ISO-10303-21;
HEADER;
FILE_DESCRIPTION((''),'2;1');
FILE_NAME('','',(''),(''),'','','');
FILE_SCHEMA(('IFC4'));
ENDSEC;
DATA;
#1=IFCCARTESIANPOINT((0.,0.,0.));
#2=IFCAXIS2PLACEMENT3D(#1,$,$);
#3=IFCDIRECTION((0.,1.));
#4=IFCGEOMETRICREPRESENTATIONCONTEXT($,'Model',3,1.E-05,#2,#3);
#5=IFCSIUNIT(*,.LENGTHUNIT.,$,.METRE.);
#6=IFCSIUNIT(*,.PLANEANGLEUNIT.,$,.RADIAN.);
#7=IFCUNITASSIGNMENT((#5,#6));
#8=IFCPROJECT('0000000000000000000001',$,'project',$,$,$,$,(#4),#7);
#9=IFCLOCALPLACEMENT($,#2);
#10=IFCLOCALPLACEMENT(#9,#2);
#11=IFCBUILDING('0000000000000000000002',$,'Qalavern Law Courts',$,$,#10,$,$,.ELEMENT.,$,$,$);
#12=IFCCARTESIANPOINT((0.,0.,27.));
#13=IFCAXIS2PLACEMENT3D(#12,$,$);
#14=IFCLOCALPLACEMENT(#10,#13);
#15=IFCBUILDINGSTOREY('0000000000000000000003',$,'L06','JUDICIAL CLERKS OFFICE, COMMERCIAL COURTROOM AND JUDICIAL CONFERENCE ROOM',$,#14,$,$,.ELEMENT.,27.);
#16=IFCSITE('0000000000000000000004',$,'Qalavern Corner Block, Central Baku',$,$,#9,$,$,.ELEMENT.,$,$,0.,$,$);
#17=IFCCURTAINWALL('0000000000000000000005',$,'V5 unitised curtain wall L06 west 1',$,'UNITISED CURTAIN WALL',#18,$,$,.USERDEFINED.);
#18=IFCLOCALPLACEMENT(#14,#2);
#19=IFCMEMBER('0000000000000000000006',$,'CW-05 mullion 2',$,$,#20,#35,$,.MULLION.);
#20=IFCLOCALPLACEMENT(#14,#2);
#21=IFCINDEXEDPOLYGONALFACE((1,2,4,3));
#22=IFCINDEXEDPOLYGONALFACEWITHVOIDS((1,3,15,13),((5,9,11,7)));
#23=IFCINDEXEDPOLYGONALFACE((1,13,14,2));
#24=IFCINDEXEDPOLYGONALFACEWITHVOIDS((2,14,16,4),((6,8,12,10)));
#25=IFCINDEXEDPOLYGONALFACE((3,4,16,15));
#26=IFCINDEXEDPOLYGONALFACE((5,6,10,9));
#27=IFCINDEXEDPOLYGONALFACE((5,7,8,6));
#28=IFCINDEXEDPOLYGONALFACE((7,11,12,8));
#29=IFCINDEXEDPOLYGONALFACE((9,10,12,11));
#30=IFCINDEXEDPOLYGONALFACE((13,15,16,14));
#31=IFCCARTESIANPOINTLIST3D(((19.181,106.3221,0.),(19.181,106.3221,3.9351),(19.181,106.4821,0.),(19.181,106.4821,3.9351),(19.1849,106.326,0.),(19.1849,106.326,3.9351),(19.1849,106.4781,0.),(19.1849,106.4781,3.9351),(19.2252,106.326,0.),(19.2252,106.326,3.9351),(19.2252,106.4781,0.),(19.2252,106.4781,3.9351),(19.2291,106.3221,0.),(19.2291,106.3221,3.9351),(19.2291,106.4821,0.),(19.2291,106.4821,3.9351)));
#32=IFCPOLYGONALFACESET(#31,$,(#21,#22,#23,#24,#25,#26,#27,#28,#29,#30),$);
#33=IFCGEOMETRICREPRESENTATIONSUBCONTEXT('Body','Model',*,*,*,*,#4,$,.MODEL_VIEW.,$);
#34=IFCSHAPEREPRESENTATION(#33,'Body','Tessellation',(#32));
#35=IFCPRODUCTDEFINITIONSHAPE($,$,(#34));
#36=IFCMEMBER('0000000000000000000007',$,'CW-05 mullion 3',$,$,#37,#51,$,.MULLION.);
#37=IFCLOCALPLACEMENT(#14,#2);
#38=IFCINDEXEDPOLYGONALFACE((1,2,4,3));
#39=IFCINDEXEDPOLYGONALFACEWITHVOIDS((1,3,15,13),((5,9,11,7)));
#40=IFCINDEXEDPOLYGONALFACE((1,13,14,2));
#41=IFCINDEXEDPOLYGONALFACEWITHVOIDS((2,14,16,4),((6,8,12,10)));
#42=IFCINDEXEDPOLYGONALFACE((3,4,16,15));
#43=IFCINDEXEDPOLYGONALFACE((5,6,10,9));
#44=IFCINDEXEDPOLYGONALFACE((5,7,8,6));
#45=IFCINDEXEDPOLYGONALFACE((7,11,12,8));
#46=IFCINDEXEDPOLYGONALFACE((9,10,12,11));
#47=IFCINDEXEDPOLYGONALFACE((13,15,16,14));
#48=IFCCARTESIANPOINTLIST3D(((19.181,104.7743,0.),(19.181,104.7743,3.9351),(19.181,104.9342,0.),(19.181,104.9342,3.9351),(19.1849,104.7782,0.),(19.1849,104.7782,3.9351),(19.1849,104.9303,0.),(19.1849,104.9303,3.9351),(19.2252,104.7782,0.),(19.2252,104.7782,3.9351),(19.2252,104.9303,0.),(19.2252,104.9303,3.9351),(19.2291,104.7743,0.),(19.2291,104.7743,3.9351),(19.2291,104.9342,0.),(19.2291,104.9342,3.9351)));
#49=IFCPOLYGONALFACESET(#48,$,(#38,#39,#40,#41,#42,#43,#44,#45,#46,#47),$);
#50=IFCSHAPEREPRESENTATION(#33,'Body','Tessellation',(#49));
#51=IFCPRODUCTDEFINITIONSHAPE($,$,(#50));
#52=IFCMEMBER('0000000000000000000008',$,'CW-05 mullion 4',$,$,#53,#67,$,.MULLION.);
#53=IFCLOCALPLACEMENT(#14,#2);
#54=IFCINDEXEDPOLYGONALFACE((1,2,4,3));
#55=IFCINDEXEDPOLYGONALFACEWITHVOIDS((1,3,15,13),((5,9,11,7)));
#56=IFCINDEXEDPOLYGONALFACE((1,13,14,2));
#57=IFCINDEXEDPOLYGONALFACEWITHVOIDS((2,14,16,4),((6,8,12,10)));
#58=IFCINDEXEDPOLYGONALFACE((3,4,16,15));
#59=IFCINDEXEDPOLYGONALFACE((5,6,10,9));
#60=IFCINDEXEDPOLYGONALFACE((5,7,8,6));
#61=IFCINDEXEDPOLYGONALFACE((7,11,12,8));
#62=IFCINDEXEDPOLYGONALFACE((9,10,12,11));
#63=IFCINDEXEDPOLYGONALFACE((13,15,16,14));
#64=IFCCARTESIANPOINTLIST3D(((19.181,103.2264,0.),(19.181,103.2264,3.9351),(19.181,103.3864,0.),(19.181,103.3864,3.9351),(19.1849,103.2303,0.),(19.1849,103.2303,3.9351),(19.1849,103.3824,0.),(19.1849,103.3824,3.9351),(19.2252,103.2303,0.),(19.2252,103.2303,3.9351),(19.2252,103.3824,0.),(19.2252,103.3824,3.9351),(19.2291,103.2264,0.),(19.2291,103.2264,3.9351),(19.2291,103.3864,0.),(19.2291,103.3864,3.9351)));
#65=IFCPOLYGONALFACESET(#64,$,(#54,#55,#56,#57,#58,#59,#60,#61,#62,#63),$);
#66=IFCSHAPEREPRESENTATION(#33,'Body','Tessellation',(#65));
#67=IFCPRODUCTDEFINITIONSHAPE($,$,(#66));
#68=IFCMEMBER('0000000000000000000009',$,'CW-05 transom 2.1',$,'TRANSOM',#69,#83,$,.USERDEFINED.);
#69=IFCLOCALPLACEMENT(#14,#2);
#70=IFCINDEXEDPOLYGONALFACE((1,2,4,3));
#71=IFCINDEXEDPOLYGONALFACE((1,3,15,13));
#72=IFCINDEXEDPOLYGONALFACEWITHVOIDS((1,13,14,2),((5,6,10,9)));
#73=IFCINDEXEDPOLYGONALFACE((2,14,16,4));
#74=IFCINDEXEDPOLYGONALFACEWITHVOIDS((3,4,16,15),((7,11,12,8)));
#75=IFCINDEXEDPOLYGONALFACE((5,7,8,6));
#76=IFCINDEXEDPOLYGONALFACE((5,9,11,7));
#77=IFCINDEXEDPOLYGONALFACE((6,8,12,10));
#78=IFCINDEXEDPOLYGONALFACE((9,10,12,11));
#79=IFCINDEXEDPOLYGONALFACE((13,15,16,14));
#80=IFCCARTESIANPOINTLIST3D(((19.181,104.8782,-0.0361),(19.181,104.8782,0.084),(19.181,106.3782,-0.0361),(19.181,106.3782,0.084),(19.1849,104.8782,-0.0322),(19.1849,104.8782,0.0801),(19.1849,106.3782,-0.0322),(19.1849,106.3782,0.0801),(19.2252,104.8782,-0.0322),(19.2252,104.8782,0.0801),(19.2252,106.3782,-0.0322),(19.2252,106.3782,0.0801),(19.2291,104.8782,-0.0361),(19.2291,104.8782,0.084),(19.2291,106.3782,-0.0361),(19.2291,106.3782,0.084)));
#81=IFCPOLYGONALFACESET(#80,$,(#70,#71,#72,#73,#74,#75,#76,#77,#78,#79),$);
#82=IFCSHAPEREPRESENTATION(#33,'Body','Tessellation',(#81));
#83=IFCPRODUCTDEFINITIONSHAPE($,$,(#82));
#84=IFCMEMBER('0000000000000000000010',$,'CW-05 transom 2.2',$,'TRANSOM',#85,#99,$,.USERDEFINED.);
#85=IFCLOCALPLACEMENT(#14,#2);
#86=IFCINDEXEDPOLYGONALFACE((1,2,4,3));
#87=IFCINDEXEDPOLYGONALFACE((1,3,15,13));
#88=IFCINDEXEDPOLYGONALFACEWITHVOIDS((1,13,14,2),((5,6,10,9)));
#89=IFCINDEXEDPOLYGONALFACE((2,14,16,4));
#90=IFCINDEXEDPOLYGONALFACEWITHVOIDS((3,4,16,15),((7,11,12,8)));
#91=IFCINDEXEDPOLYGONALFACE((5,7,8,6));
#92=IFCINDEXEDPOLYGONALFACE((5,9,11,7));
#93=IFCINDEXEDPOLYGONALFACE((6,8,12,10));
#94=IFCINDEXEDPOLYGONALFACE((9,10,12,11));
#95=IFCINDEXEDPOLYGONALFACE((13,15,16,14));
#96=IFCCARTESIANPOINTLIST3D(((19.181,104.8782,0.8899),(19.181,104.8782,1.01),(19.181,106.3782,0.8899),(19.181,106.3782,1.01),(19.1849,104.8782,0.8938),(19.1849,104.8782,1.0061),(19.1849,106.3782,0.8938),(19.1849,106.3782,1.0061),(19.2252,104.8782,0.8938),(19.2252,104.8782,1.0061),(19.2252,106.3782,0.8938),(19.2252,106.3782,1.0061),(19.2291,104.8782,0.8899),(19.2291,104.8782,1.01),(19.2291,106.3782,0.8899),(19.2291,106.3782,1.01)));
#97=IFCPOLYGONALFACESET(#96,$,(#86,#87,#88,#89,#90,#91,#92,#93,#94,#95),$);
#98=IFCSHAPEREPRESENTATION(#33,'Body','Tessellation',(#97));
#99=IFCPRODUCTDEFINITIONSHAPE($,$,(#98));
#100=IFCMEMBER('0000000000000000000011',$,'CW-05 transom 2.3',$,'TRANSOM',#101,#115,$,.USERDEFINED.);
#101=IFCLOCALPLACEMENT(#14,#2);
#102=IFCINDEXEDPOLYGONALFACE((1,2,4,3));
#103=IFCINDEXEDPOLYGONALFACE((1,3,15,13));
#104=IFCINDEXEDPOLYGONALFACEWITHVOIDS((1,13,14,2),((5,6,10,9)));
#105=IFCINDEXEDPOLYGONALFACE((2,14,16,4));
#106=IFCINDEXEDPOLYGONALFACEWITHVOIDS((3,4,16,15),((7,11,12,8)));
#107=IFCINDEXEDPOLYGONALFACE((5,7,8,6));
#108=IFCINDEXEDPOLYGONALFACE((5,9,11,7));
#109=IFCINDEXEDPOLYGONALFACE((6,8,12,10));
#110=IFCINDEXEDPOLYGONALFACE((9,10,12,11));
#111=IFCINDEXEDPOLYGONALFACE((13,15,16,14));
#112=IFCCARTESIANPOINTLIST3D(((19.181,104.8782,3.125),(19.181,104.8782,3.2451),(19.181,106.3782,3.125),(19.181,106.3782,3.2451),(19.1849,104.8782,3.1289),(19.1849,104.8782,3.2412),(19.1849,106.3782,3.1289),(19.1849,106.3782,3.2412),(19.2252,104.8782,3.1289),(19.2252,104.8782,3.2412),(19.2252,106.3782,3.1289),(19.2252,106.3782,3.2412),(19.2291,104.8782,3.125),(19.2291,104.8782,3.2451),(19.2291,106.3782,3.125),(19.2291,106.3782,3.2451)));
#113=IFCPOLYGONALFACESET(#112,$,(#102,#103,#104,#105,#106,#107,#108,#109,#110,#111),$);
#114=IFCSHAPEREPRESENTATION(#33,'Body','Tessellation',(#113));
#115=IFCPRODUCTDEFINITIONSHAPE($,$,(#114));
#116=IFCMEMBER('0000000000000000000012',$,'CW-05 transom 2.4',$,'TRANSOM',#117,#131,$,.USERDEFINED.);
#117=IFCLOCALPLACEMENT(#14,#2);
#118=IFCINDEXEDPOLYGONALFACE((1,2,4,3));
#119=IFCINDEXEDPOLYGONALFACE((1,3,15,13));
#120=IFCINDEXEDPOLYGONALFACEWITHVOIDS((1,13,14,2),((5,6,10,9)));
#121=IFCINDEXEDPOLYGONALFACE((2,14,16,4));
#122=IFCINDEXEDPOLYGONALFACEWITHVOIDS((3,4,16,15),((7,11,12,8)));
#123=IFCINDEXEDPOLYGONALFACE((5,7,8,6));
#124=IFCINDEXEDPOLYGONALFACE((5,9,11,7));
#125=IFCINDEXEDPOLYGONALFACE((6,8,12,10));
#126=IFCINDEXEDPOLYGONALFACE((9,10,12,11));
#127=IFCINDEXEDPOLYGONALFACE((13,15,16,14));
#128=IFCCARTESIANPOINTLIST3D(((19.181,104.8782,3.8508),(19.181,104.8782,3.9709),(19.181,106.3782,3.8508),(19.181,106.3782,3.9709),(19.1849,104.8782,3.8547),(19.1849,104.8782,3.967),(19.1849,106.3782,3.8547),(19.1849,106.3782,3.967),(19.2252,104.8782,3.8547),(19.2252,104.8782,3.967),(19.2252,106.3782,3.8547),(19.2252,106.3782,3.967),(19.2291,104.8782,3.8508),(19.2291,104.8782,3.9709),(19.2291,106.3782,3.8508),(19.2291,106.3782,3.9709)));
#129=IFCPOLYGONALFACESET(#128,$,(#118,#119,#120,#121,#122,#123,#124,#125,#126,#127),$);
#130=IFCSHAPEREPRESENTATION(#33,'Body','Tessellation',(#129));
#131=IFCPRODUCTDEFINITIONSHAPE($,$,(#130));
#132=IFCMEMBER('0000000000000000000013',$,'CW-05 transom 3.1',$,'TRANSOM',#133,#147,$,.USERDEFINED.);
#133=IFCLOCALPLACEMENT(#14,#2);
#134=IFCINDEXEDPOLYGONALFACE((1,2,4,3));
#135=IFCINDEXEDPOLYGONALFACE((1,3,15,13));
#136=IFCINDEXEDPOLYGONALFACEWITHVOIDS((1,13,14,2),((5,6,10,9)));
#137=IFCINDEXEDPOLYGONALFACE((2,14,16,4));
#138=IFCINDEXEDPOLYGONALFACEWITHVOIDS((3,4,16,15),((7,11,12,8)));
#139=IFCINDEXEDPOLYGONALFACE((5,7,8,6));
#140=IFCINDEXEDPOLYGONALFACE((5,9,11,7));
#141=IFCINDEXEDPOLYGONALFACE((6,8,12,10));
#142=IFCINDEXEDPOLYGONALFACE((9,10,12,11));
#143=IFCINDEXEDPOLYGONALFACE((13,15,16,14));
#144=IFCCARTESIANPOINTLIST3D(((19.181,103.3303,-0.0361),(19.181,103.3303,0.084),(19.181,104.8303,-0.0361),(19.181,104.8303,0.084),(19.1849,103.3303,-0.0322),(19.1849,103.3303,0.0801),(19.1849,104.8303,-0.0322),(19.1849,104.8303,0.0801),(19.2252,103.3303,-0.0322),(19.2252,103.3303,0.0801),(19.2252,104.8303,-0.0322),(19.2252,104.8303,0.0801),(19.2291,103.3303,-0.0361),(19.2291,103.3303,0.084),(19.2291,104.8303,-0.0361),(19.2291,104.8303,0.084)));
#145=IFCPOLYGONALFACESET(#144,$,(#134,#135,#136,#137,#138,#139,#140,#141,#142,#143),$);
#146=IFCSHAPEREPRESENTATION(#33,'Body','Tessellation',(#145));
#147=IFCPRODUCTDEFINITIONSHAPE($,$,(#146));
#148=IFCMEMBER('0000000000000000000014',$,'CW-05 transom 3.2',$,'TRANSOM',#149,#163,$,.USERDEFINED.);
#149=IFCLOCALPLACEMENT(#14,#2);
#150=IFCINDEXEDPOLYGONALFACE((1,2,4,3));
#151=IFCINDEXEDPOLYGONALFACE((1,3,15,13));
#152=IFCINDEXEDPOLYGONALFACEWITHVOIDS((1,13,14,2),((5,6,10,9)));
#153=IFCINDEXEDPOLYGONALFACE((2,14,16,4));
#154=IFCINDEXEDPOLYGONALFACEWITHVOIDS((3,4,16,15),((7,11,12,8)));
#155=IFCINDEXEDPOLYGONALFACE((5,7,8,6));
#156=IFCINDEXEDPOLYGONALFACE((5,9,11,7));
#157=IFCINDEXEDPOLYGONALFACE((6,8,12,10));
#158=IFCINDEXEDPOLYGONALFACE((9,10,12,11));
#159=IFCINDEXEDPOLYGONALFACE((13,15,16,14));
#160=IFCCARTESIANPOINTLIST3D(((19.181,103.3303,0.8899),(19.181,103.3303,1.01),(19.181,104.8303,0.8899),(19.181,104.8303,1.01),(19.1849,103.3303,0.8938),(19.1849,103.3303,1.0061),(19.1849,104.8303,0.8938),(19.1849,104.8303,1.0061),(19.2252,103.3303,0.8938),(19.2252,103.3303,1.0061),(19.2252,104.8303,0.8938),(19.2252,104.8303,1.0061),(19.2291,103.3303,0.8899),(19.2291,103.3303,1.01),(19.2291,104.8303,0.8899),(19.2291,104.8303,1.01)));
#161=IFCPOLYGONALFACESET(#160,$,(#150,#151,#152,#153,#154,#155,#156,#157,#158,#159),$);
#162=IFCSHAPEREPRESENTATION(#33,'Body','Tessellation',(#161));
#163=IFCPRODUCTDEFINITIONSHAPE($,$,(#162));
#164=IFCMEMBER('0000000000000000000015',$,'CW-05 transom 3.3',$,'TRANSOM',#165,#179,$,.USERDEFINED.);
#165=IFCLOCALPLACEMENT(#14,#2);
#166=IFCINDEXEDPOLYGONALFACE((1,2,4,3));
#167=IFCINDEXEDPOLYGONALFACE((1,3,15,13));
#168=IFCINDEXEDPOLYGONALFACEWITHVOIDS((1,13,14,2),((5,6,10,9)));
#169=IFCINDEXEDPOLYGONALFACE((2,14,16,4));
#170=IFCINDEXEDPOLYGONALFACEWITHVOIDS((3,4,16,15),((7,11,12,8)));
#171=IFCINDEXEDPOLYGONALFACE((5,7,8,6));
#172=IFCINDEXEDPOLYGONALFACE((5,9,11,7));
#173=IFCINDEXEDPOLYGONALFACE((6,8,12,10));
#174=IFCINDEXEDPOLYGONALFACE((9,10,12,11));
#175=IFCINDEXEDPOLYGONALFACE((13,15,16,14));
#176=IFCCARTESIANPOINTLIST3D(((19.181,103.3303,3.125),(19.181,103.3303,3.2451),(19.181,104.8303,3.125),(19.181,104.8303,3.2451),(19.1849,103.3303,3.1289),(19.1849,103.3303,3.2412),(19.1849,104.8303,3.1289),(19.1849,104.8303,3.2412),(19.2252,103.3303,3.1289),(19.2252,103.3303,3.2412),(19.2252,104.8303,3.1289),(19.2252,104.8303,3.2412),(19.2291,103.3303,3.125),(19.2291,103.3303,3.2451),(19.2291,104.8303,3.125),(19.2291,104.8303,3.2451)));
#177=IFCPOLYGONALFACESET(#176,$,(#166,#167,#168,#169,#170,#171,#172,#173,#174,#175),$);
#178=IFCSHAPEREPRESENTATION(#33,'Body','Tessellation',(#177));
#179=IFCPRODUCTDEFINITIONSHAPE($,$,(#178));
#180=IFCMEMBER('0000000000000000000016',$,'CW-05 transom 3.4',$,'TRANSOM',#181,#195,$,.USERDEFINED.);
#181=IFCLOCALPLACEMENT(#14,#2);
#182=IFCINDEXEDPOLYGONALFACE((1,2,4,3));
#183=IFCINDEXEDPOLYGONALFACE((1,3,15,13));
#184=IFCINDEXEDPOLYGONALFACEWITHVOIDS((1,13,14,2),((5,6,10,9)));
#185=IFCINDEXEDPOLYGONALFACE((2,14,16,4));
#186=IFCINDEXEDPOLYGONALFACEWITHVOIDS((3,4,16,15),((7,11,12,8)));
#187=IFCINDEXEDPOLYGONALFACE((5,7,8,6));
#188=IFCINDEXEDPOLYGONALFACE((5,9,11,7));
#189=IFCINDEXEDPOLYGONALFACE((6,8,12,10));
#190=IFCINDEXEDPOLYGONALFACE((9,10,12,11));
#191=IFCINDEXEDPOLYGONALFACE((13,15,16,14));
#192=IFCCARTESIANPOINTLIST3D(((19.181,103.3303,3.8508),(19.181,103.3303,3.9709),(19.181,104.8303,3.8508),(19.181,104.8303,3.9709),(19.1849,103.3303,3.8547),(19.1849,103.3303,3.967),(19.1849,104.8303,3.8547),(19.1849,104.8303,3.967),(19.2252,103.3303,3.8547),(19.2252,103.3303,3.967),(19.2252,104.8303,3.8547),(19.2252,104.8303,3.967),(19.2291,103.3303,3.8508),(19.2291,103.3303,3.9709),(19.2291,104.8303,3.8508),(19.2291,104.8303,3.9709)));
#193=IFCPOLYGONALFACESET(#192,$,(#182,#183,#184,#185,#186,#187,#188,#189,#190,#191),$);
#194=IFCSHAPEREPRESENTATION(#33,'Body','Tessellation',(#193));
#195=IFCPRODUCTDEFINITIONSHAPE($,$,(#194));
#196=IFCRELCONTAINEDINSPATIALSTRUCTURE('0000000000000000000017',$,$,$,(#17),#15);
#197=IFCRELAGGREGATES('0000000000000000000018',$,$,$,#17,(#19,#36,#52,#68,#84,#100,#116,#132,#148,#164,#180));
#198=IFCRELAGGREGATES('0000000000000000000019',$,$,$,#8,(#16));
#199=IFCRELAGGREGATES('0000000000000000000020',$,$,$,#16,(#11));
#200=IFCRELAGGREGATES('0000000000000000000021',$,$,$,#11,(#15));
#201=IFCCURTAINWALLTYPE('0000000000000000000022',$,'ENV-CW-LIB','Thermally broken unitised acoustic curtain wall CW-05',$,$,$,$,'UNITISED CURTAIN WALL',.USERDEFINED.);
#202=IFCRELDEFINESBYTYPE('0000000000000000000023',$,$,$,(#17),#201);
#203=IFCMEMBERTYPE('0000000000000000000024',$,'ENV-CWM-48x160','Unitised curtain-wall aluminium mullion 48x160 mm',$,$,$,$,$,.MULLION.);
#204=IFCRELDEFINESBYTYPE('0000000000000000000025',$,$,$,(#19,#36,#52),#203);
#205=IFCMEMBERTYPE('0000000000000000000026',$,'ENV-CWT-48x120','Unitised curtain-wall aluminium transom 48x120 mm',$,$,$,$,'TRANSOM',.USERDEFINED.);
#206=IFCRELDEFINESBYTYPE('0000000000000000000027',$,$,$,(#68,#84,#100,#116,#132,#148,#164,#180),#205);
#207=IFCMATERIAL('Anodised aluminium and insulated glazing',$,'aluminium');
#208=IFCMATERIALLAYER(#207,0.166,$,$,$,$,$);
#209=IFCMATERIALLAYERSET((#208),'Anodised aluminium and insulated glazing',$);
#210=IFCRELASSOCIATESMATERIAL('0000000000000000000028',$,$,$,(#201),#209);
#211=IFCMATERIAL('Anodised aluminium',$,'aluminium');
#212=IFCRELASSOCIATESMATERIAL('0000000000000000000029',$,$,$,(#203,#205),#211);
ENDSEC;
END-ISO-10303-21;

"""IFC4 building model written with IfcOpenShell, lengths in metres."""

from ifc_helpers import new_model, si_unit, direction, frame, origin, origin_2d, place, context, subcontext, project, spatial, hollow_rectangle, extrude, material, layer, layer_set, material_profile, profile_set, type_object, element, aggregate, save


model = new_model("IFC4")

# Units and contexts
model_context = context("Model", 3, precision=1e-05, world=origin(), true_north=direction((0.0, 1.0)))
body_context = subcontext(model_context, "Body", "Model", "MODEL_VIEW")
ifc_project = project(units=[si_unit("LENGTHUNIT", "METRE"), si_unit("PLANEANGLEUNIT", "RADIAN")], contexts=[model_context])

# Site, building, storey
site_placement = place(None, origin())
site = spatial("IfcSite", under=ifc_project, at=site_placement, Name="Qalavern Corner Block, Central Baku", CompositionType="ELEMENT", RefElevation=0.0)
building_placement = place(site_placement, origin())
building = spatial("IfcBuilding", under=site, at=building_placement, Name="Qalavern Law Courts", CompositionType="ELEMENT")
storey_placement = place(building_placement, frame((0.0, 0.0, 27.0)))
storey = spatial("IfcBuildingStorey", under=building, at=storey_placement, Name="L06", Description="JUDICIAL CLERKS OFFICE, COMMERCIAL COURTROOM AND JUDICIAL CONFERENCE ROOM", CompositionType="ELEMENT", Elevation=27.0)

# Curtain wall, members
ifc_material_1 = material(Name="Anodised aluminium and insulated glazing", Category="aluminium")
ifc_layer_1 = layer(ifc_material_1, 0.166)
ifc_layer_set_1 = layer_set([ifc_layer_1], Name="Anodised aluminium and insulated glazing")
curtain_wall_type = type_object("IfcCurtainWallType", Name="ENV-CW-LIB", Description="Thermally broken unitised acoustic curtain wall CW-05", ElementType="UNITISED CURTAIN WALL", PredefinedType="USERDEFINED", material=ifc_layer_set_1)
curtain_wall_placement = place(storey_placement, origin())
curtain_wall = element("IfcCurtainWall", 1, at=curtain_wall_placement, inside=storey, type_object=curtain_wall_type, Name="V5 unitised curtain wall L06 west 1", ObjectType="UNITISED CURTAIN WALL", PredefinedType="USERDEFINED")
ifc_material_2 = material(Name="Anodised aluminium", Category="aluminium")
ifc_material_profile_1 = material_profile(ifc_material_2, hollow_rectangle(XDim=0.0481, YDim=0.1599, WallThickness=0.0039, at=origin_2d()), Name="ALU MULLION 48x160")
ifc_profile_set_1 = profile_set([ifc_material_profile_1], Name="Anodised aluminium")
member_type_1 = type_object("IfcMemberType", Name="ENV-CWM-48x160", Description="Unitised curtain-wall aluminium mullion 48x160 mm", PredefinedType="MULLION", material=ifc_profile_set_1)
member_1_placement = place(storey_placement, frame((19.2051, 106.4021, 0.0), z_axis=(0.0, 0.0, 1.0), x_axis=(1.0, 0.0, 0.0)))
member_1 = element("IfcMember", 2, at=member_1_placement, type_object=member_type_1, Name="CW-05 mullion 2", PredefinedType="MULLION", context=body_context, shape_type="SweptSolid", body=[
    extrude(hollow_rectangle(XDim=0.0481, YDim=0.1599, WallThickness=0.0039, at=origin_2d()), origin(), (0.0, 0.0, 1.0), 3.9351),
])
member_2_placement = place(storey_placement, frame((19.2051, 104.8542, 0.0), z_axis=(0.0, 0.0, 1.0), x_axis=(1.0, 0.0, 0.0)))
member_2 = element("IfcMember", 3, at=member_2_placement, type_object=member_type_1, Name="CW-05 mullion 3", PredefinedType="MULLION", context=body_context, shape_type="SweptSolid", body=[
    extrude(hollow_rectangle(XDim=0.0481, YDim=0.1599, WallThickness=0.0039, at=origin_2d()), origin(), (0.0, 0.0, 1.0), 3.9351),
])
member_3_placement = place(storey_placement, frame((19.2051, 103.3064, 0.0), z_axis=(0.0, 0.0, 1.0), x_axis=(1.0, 0.0, 0.0)))
member_3 = element("IfcMember", 4, at=member_3_placement, type_object=member_type_1, Name="CW-05 mullion 4", PredefinedType="MULLION", context=body_context, shape_type="SweptSolid", body=[
    extrude(hollow_rectangle(XDim=0.0481, YDim=0.1599, WallThickness=0.0039, at=origin_2d()), origin(), (0.0, 0.0, 1.0), 3.9351),
])
ifc_material_profile_2 = material_profile(ifc_material_2, hollow_rectangle(XDim=0.0481, YDim=0.1201, WallThickness=0.0039, at=origin_2d()), Name="ALU TRANSOM 48x120")
ifc_profile_set_2 = profile_set([ifc_material_profile_2], Name="Anodised aluminium")
member_type_2 = type_object("IfcMemberType", Name="ENV-CWT-48x120", Description="Unitised curtain-wall aluminium transom 48x120 mm", ElementType="TRANSOM", PredefinedType="USERDEFINED", material=ifc_profile_set_2)
member_4_placement = place(storey_placement, frame((19.2051, 106.3782, 0.0239), z_axis=(0.0, -1.0, 0.0), x_axis=(1.0, 0.0, 0.0)))
member_4 = element("IfcMember", 5, at=member_4_placement, type_object=member_type_2, Name="CW-05 transom 2.1", ObjectType="TRANSOM", PredefinedType="USERDEFINED", context=body_context, shape_type="SweptSolid", body=[
    extrude(hollow_rectangle(XDim=0.0481, YDim=0.1201, WallThickness=0.0039, at=origin_2d()), origin(), (0.0, 0.0, 1.0), 1.5),
])
member_5_placement = place(storey_placement, frame((19.2051, 106.3782, 0.95), z_axis=(0.0, -1.0, 0.0), x_axis=(1.0, 0.0, 0.0)))
member_5 = element("IfcMember", 6, at=member_5_placement, type_object=member_type_2, Name="CW-05 transom 2.2", ObjectType="TRANSOM", PredefinedType="USERDEFINED", context=body_context, shape_type="SweptSolid", body=[
    extrude(hollow_rectangle(XDim=0.0481, YDim=0.1201, WallThickness=0.0039, at=origin_2d()), origin(), (0.0, 0.0, 1.0), 1.5),
])
member_6_placement = place(storey_placement, frame((19.2051, 106.3782, 3.1851), z_axis=(0.0, -1.0, 0.0), x_axis=(1.0, 0.0, 0.0)))
member_6 = element("IfcMember", 7, at=member_6_placement, type_object=member_type_2, Name="CW-05 transom 2.3", ObjectType="TRANSOM", PredefinedType="USERDEFINED", context=body_context, shape_type="SweptSolid", body=[
    extrude(hollow_rectangle(XDim=0.0481, YDim=0.1201, WallThickness=0.0039, at=origin_2d()), origin(), (0.0, 0.0, 1.0), 1.5),
])
member_7_placement = place(storey_placement, frame((19.2051, 106.3782, 3.9109), z_axis=(0.0, -1.0, 0.0), x_axis=(1.0, 0.0, 0.0)))
member_7 = element("IfcMember", 8, at=member_7_placement, type_object=member_type_2, Name="CW-05 transom 2.4", ObjectType="TRANSOM", PredefinedType="USERDEFINED", context=body_context, shape_type="SweptSolid", body=[
    extrude(hollow_rectangle(XDim=0.0481, YDim=0.1201, WallThickness=0.0039, at=origin_2d()), origin(), (0.0, 0.0, 1.0), 1.5),
])
member_8_placement = place(storey_placement, frame((19.2051, 104.8303, 0.0239), z_axis=(0.0, -1.0, 0.0), x_axis=(1.0, 0.0, 0.0)))
member_8 = element("IfcMember", 9, at=member_8_placement, type_object=member_type_2, Name="CW-05 transom 3.1", ObjectType="TRANSOM", PredefinedType="USERDEFINED", context=body_context, shape_type="SweptSolid", body=[
    extrude(hollow_rectangle(XDim=0.0481, YDim=0.1201, WallThickness=0.0039, at=origin_2d()), origin(), (0.0, 0.0, 1.0), 1.5),
])
member_9_placement = place(storey_placement, frame((19.2051, 104.8303, 0.95), z_axis=(0.0, -1.0, 0.0), x_axis=(1.0, 0.0, 0.0)))
member_9 = element("IfcMember", 10, at=member_9_placement, type_object=member_type_2, Name="CW-05 transom 3.2", ObjectType="TRANSOM", PredefinedType="USERDEFINED", context=body_context, shape_type="SweptSolid", body=[
    extrude(hollow_rectangle(XDim=0.0481, YDim=0.1201, WallThickness=0.0039, at=origin_2d()), origin(), (0.0, 0.0, 1.0), 1.5),
])
member_10_placement = place(storey_placement, frame((19.2051, 104.8303, 3.1851), z_axis=(0.0, -1.0, 0.0), x_axis=(1.0, 0.0, 0.0)))
member_10 = element("IfcMember", 11, at=member_10_placement, type_object=member_type_2, Name="CW-05 transom 3.3", ObjectType="TRANSOM", PredefinedType="USERDEFINED", context=body_context, shape_type="SweptSolid", body=[
    extrude(hollow_rectangle(XDim=0.0481, YDim=0.1201, WallThickness=0.0039, at=origin_2d()), origin(), (0.0, 0.0, 1.0), 1.5),
])
member_11_placement = place(storey_placement, frame((19.2051, 104.8303, 3.9109), z_axis=(0.0, -1.0, 0.0), x_axis=(1.0, 0.0, 0.0)))
member_11 = element("IfcMember", 12, at=member_11_placement, type_object=member_type_2, Name="CW-05 transom 3.4", ObjectType="TRANSOM", PredefinedType="USERDEFINED", context=body_context, shape_type="SweptSolid", body=[
    extrude(hollow_rectangle(XDim=0.0481, YDim=0.1201, WallThickness=0.0039, at=origin_2d()), origin(), (0.0, 0.0, 1.0), 1.5),
])
aggregate(curtain_wall, [member_1, member_2, member_3, member_4, member_5, member_6, member_7, member_8, member_9, member_10, member_11])

save(model, "model.ifc")
